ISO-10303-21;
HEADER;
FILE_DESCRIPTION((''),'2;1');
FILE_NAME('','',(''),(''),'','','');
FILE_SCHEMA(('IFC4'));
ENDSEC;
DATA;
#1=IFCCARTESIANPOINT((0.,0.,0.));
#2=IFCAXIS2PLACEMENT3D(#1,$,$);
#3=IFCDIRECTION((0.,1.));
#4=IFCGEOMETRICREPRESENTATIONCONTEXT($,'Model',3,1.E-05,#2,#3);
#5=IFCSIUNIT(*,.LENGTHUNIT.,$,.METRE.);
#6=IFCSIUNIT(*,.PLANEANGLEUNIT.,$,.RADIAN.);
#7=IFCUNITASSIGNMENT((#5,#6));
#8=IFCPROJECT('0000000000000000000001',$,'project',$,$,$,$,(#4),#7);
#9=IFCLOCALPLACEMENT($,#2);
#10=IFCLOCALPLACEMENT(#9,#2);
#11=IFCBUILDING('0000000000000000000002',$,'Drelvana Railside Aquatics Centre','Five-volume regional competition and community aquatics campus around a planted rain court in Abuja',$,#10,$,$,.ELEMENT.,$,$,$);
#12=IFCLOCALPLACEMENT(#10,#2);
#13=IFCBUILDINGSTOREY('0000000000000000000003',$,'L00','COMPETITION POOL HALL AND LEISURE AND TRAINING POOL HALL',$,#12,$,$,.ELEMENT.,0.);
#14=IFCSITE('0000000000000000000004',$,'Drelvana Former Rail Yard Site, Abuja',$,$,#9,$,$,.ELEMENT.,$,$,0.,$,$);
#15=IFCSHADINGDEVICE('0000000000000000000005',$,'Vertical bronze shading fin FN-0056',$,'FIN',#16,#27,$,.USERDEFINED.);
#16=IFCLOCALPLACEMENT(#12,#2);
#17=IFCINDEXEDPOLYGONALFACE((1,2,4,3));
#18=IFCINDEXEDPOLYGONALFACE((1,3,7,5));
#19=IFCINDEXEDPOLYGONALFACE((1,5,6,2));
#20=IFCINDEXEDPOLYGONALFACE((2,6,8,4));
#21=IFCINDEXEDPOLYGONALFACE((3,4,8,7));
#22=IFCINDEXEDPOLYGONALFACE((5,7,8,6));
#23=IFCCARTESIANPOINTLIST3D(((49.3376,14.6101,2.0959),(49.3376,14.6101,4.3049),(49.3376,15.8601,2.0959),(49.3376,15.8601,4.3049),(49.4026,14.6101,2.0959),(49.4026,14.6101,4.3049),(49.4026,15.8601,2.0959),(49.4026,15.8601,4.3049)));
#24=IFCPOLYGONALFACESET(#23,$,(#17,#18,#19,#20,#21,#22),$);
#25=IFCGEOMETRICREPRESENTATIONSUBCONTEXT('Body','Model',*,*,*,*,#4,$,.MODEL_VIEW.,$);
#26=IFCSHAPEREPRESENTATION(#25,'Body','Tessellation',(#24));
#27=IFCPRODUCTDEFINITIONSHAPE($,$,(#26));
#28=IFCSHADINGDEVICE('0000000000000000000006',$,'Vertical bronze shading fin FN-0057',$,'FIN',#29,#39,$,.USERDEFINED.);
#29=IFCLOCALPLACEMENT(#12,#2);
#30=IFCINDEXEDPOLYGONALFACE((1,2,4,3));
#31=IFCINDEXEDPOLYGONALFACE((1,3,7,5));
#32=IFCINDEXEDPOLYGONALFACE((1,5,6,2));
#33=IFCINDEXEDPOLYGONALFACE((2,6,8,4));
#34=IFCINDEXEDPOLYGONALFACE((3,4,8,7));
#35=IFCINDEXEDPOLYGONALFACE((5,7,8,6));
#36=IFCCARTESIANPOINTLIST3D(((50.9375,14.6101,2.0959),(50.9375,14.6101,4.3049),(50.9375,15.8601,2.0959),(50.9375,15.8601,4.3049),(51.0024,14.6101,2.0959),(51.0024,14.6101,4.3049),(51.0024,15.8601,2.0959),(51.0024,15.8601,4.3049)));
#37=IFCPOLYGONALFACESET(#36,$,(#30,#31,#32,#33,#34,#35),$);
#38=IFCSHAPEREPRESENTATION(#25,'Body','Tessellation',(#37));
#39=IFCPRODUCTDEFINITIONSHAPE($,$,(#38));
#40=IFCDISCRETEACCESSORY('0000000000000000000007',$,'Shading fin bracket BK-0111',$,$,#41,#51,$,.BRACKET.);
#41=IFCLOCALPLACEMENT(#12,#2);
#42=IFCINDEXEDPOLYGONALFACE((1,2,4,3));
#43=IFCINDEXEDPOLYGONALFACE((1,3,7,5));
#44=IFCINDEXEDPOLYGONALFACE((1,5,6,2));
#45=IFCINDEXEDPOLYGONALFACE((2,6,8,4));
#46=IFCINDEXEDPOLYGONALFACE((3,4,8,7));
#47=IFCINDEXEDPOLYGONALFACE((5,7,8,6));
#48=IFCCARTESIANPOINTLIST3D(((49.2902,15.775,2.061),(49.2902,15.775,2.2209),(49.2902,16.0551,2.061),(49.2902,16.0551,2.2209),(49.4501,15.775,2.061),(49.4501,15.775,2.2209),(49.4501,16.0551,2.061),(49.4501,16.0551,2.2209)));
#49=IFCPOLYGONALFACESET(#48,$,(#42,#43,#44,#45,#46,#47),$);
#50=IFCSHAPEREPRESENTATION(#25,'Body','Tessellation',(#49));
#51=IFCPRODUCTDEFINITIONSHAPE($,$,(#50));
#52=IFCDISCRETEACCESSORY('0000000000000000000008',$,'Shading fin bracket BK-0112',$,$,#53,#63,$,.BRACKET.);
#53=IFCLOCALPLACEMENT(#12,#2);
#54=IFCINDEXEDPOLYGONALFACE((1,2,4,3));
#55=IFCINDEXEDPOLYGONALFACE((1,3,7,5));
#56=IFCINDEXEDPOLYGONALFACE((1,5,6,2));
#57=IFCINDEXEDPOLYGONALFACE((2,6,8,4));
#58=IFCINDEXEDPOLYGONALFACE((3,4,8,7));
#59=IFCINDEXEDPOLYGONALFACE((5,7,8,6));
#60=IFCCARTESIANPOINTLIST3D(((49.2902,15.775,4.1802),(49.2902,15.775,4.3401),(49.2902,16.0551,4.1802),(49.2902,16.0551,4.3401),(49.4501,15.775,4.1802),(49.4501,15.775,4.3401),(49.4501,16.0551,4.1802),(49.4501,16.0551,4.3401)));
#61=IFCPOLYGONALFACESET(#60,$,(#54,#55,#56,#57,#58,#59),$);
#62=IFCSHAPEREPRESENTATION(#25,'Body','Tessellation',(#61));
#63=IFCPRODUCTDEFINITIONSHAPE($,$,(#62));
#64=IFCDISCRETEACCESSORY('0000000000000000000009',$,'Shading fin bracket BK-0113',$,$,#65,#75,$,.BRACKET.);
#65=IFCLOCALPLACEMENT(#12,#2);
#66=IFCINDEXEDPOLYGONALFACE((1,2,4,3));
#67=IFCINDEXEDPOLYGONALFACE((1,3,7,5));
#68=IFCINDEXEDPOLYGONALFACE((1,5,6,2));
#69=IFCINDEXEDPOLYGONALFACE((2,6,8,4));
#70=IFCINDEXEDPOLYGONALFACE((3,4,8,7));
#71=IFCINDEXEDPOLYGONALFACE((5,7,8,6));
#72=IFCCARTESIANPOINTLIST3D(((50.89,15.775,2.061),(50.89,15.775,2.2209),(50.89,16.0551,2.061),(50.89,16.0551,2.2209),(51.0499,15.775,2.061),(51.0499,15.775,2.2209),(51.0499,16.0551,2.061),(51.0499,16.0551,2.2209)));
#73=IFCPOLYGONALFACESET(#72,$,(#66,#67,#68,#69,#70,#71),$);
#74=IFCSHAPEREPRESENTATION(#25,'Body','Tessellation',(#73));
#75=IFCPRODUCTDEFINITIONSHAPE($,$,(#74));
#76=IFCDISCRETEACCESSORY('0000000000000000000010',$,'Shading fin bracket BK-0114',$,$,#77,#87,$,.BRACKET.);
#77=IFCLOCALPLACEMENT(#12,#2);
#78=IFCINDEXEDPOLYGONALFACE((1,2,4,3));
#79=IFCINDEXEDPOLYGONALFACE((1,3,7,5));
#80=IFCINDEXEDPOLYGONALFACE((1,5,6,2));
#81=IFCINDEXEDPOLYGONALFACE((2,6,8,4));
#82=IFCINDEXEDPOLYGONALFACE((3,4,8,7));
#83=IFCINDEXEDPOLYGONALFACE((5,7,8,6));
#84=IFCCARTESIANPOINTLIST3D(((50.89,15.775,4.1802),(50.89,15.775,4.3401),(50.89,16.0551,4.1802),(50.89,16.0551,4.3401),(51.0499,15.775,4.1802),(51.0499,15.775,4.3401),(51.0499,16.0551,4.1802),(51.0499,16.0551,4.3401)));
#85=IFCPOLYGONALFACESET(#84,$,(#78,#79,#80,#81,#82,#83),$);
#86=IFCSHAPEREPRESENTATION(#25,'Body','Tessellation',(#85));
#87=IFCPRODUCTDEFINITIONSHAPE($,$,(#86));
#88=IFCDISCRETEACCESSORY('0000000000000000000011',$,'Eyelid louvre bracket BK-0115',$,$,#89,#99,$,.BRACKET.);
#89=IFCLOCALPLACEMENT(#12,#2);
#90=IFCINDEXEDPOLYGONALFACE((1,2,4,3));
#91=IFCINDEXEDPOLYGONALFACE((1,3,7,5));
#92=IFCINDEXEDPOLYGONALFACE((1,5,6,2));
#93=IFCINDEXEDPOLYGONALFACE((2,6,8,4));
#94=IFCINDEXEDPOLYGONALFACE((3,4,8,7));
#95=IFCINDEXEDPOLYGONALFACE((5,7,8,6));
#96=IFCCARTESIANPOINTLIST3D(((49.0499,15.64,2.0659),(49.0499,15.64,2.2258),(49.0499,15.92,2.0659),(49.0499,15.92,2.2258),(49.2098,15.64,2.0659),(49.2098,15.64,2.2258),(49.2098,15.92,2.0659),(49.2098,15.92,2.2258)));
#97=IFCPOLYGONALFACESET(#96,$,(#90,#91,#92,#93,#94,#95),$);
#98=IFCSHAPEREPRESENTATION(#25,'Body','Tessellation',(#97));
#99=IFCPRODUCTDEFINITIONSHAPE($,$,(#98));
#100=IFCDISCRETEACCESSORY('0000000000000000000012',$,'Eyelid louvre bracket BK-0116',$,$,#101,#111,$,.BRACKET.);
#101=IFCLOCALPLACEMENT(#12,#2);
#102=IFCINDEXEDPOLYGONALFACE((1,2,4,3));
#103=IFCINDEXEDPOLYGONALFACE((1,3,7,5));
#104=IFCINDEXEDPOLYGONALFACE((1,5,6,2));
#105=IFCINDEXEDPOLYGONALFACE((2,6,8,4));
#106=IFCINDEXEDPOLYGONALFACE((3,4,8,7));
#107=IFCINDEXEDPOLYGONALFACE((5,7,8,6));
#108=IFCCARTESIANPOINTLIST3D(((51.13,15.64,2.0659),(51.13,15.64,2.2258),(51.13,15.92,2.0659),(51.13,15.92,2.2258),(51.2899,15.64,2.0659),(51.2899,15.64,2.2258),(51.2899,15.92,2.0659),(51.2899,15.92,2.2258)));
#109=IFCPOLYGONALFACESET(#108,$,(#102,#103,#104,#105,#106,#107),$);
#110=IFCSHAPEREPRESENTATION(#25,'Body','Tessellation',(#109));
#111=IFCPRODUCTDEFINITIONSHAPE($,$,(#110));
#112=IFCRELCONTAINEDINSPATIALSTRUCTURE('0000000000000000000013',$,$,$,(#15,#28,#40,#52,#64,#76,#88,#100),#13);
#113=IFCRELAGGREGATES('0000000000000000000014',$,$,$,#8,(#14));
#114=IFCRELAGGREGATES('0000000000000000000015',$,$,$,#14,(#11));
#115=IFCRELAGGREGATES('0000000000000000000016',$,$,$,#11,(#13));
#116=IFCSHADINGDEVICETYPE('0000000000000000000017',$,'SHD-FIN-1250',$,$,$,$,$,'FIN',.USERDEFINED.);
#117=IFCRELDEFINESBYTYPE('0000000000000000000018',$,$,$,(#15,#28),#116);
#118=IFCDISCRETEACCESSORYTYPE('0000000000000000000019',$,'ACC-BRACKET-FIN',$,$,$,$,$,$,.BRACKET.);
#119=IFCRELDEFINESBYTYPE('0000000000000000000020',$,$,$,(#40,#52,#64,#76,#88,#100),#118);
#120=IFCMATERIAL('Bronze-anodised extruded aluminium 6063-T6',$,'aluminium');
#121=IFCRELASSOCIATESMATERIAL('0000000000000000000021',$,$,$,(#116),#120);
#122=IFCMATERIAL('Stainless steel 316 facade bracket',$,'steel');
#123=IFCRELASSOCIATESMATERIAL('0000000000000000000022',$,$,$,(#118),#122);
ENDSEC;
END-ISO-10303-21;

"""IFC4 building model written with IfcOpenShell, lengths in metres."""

from ifc_helpers import new_model, si_unit, direction, frame, origin, origin_2d, place, context, subcontext, project, spatial, rectangle, extrude, material, type_object, element, save


model = new_model("IFC4")

# Units and contexts
model_context = context("Model", 3, precision=1e-05, world=origin(), true_north=direction((0.0, 1.0)))
body_context = subcontext(model_context, "Body", "Model", "MODEL_VIEW")
ifc_project = project(units=[si_unit("LENGTHUNIT", "METRE"), si_unit("PLANEANGLEUNIT", "RADIAN")], contexts=[model_context])

# Site, building, storey
site_placement = place(None, origin())
site = spatial("IfcSite", under=ifc_project, at=site_placement, Name="Drelvana Former Rail Yard Site, Abuja", CompositionType="ELEMENT", RefElevation=0.0)
building_placement = place(site_placement, origin())
building = spatial("IfcBuilding", under=site, at=building_placement, Name="Drelvana Railside Aquatics Centre", Description="Five-volume regional competition and community aquatics campus around a planted rain court in Abuja", CompositionType="ELEMENT")
storey_placement = place(building_placement, origin())
storey = spatial("IfcBuildingStorey", under=building, at=storey_placement, Name="L00", Description="COMPETITION POOL HALL AND LEISURE AND TRAINING POOL HALL", CompositionType="ELEMENT", Elevation=0.0)

# Shared definitions
ifc_material_1 = material(Name="Bronze-anodised extruded aluminium 6063-T6", Category="aluminium")

# Shading devices
shading_device_type_1 = type_object("IfcShadingDeviceType", Name="SHD-FIN-1250", ElementType="FIN", PredefinedType="USERDEFINED", material=ifc_material_1)
for number, where, z_axis, x_axis, name in (
    (1, (49.3701, 15.2351, 2.0959), (0.0, 0.0, 1.0), (0.0, -1.0, 0.0), "Vertical bronze shading fin FN-0056"),
    (2, (50.97, 15.2351, 2.0959), (0.0, 0.0, 1.0), (0.0, -1.0, 0.0), "Vertical bronze shading fin FN-0057"),
):
    element("IfcShadingDevice", number, at=place(storey_placement, frame(where, z_axis=z_axis, x_axis=x_axis)), inside=storey, type_object=shading_device_type_1, Name=name, ObjectType="FIN", PredefinedType="USERDEFINED", context=body_context, shape_type="SweptSolid", body=[
        extrude(rectangle(XDim=1.25, YDim=0.0649, at=origin_2d()), origin(), (0.0, 0.0, 1.0), 2.209),
    ])

# Discrete accessories
ifc_material_2 = material(Name="Stainless steel 316 facade bracket", Category="steel")
discrete_accessory_type = type_object("IfcDiscreteAccessoryType", Name="ACC-BRACKET-FIN", PredefinedType="BRACKET", material=ifc_material_2)
for number, where, z_axis, x_axis, name in (
    (3, (49.3701, 15.915, 2.061), (0.0, 0.0, 1.0), (0.0, -1.0, 0.0), "Shading fin bracket BK-0111"),
    (4, (49.3701, 15.915, 4.1802), (0.0, 0.0, 1.0), (0.0, -1.0, 0.0), "Shading fin bracket BK-0112"),
    (5, (50.97, 15.915, 2.061), (0.0, 0.0, 1.0), (0.0, -1.0, 0.0), "Shading fin bracket BK-0113"),
    (6, (50.97, 15.915, 4.1802), (0.0, 0.0, 1.0), (0.0, -1.0, 0.0), "Shading fin bracket BK-0114"),
):
    element("IfcDiscreteAccessory", number, at=place(storey_placement, frame(where, z_axis=z_axis, x_axis=x_axis)), inside=storey, type_object=discrete_accessory_type, Name=name, PredefinedType="BRACKET", context=body_context, shape_type="SweptSolid", body=[
        extrude(rectangle(XDim=0.28, YDim=0.1599, at=origin_2d()), origin(), (0.0, 0.0, 1.0), 0.1599),
    ])
for number, where, z_axis, x_axis, name in (
    (7, (49.1299, 15.78, 2.0659), (0.0, 0.0, 1.0), (1.0, 0.0, 0.0), "Eyelid louvre bracket BK-0115"),
    (8, (51.21, 15.78, 2.0659), (0.0, 0.0, 1.0), (1.0, 0.0, 0.0), "Eyelid louvre bracket BK-0116"),
):
    element("IfcDiscreteAccessory", number, at=place(storey_placement, frame(where, z_axis=z_axis, x_axis=x_axis)), inside=storey, type_object=discrete_accessory_type, Name=name, PredefinedType="BRACKET", context=body_context, shape_type="SweptSolid", body=[
        extrude(rectangle(XDim=0.1599, YDim=0.28, at=origin_2d()), origin(), (0.0, 0.0, 1.0), 0.1599),
    ])

save(model, "model.ifc")
